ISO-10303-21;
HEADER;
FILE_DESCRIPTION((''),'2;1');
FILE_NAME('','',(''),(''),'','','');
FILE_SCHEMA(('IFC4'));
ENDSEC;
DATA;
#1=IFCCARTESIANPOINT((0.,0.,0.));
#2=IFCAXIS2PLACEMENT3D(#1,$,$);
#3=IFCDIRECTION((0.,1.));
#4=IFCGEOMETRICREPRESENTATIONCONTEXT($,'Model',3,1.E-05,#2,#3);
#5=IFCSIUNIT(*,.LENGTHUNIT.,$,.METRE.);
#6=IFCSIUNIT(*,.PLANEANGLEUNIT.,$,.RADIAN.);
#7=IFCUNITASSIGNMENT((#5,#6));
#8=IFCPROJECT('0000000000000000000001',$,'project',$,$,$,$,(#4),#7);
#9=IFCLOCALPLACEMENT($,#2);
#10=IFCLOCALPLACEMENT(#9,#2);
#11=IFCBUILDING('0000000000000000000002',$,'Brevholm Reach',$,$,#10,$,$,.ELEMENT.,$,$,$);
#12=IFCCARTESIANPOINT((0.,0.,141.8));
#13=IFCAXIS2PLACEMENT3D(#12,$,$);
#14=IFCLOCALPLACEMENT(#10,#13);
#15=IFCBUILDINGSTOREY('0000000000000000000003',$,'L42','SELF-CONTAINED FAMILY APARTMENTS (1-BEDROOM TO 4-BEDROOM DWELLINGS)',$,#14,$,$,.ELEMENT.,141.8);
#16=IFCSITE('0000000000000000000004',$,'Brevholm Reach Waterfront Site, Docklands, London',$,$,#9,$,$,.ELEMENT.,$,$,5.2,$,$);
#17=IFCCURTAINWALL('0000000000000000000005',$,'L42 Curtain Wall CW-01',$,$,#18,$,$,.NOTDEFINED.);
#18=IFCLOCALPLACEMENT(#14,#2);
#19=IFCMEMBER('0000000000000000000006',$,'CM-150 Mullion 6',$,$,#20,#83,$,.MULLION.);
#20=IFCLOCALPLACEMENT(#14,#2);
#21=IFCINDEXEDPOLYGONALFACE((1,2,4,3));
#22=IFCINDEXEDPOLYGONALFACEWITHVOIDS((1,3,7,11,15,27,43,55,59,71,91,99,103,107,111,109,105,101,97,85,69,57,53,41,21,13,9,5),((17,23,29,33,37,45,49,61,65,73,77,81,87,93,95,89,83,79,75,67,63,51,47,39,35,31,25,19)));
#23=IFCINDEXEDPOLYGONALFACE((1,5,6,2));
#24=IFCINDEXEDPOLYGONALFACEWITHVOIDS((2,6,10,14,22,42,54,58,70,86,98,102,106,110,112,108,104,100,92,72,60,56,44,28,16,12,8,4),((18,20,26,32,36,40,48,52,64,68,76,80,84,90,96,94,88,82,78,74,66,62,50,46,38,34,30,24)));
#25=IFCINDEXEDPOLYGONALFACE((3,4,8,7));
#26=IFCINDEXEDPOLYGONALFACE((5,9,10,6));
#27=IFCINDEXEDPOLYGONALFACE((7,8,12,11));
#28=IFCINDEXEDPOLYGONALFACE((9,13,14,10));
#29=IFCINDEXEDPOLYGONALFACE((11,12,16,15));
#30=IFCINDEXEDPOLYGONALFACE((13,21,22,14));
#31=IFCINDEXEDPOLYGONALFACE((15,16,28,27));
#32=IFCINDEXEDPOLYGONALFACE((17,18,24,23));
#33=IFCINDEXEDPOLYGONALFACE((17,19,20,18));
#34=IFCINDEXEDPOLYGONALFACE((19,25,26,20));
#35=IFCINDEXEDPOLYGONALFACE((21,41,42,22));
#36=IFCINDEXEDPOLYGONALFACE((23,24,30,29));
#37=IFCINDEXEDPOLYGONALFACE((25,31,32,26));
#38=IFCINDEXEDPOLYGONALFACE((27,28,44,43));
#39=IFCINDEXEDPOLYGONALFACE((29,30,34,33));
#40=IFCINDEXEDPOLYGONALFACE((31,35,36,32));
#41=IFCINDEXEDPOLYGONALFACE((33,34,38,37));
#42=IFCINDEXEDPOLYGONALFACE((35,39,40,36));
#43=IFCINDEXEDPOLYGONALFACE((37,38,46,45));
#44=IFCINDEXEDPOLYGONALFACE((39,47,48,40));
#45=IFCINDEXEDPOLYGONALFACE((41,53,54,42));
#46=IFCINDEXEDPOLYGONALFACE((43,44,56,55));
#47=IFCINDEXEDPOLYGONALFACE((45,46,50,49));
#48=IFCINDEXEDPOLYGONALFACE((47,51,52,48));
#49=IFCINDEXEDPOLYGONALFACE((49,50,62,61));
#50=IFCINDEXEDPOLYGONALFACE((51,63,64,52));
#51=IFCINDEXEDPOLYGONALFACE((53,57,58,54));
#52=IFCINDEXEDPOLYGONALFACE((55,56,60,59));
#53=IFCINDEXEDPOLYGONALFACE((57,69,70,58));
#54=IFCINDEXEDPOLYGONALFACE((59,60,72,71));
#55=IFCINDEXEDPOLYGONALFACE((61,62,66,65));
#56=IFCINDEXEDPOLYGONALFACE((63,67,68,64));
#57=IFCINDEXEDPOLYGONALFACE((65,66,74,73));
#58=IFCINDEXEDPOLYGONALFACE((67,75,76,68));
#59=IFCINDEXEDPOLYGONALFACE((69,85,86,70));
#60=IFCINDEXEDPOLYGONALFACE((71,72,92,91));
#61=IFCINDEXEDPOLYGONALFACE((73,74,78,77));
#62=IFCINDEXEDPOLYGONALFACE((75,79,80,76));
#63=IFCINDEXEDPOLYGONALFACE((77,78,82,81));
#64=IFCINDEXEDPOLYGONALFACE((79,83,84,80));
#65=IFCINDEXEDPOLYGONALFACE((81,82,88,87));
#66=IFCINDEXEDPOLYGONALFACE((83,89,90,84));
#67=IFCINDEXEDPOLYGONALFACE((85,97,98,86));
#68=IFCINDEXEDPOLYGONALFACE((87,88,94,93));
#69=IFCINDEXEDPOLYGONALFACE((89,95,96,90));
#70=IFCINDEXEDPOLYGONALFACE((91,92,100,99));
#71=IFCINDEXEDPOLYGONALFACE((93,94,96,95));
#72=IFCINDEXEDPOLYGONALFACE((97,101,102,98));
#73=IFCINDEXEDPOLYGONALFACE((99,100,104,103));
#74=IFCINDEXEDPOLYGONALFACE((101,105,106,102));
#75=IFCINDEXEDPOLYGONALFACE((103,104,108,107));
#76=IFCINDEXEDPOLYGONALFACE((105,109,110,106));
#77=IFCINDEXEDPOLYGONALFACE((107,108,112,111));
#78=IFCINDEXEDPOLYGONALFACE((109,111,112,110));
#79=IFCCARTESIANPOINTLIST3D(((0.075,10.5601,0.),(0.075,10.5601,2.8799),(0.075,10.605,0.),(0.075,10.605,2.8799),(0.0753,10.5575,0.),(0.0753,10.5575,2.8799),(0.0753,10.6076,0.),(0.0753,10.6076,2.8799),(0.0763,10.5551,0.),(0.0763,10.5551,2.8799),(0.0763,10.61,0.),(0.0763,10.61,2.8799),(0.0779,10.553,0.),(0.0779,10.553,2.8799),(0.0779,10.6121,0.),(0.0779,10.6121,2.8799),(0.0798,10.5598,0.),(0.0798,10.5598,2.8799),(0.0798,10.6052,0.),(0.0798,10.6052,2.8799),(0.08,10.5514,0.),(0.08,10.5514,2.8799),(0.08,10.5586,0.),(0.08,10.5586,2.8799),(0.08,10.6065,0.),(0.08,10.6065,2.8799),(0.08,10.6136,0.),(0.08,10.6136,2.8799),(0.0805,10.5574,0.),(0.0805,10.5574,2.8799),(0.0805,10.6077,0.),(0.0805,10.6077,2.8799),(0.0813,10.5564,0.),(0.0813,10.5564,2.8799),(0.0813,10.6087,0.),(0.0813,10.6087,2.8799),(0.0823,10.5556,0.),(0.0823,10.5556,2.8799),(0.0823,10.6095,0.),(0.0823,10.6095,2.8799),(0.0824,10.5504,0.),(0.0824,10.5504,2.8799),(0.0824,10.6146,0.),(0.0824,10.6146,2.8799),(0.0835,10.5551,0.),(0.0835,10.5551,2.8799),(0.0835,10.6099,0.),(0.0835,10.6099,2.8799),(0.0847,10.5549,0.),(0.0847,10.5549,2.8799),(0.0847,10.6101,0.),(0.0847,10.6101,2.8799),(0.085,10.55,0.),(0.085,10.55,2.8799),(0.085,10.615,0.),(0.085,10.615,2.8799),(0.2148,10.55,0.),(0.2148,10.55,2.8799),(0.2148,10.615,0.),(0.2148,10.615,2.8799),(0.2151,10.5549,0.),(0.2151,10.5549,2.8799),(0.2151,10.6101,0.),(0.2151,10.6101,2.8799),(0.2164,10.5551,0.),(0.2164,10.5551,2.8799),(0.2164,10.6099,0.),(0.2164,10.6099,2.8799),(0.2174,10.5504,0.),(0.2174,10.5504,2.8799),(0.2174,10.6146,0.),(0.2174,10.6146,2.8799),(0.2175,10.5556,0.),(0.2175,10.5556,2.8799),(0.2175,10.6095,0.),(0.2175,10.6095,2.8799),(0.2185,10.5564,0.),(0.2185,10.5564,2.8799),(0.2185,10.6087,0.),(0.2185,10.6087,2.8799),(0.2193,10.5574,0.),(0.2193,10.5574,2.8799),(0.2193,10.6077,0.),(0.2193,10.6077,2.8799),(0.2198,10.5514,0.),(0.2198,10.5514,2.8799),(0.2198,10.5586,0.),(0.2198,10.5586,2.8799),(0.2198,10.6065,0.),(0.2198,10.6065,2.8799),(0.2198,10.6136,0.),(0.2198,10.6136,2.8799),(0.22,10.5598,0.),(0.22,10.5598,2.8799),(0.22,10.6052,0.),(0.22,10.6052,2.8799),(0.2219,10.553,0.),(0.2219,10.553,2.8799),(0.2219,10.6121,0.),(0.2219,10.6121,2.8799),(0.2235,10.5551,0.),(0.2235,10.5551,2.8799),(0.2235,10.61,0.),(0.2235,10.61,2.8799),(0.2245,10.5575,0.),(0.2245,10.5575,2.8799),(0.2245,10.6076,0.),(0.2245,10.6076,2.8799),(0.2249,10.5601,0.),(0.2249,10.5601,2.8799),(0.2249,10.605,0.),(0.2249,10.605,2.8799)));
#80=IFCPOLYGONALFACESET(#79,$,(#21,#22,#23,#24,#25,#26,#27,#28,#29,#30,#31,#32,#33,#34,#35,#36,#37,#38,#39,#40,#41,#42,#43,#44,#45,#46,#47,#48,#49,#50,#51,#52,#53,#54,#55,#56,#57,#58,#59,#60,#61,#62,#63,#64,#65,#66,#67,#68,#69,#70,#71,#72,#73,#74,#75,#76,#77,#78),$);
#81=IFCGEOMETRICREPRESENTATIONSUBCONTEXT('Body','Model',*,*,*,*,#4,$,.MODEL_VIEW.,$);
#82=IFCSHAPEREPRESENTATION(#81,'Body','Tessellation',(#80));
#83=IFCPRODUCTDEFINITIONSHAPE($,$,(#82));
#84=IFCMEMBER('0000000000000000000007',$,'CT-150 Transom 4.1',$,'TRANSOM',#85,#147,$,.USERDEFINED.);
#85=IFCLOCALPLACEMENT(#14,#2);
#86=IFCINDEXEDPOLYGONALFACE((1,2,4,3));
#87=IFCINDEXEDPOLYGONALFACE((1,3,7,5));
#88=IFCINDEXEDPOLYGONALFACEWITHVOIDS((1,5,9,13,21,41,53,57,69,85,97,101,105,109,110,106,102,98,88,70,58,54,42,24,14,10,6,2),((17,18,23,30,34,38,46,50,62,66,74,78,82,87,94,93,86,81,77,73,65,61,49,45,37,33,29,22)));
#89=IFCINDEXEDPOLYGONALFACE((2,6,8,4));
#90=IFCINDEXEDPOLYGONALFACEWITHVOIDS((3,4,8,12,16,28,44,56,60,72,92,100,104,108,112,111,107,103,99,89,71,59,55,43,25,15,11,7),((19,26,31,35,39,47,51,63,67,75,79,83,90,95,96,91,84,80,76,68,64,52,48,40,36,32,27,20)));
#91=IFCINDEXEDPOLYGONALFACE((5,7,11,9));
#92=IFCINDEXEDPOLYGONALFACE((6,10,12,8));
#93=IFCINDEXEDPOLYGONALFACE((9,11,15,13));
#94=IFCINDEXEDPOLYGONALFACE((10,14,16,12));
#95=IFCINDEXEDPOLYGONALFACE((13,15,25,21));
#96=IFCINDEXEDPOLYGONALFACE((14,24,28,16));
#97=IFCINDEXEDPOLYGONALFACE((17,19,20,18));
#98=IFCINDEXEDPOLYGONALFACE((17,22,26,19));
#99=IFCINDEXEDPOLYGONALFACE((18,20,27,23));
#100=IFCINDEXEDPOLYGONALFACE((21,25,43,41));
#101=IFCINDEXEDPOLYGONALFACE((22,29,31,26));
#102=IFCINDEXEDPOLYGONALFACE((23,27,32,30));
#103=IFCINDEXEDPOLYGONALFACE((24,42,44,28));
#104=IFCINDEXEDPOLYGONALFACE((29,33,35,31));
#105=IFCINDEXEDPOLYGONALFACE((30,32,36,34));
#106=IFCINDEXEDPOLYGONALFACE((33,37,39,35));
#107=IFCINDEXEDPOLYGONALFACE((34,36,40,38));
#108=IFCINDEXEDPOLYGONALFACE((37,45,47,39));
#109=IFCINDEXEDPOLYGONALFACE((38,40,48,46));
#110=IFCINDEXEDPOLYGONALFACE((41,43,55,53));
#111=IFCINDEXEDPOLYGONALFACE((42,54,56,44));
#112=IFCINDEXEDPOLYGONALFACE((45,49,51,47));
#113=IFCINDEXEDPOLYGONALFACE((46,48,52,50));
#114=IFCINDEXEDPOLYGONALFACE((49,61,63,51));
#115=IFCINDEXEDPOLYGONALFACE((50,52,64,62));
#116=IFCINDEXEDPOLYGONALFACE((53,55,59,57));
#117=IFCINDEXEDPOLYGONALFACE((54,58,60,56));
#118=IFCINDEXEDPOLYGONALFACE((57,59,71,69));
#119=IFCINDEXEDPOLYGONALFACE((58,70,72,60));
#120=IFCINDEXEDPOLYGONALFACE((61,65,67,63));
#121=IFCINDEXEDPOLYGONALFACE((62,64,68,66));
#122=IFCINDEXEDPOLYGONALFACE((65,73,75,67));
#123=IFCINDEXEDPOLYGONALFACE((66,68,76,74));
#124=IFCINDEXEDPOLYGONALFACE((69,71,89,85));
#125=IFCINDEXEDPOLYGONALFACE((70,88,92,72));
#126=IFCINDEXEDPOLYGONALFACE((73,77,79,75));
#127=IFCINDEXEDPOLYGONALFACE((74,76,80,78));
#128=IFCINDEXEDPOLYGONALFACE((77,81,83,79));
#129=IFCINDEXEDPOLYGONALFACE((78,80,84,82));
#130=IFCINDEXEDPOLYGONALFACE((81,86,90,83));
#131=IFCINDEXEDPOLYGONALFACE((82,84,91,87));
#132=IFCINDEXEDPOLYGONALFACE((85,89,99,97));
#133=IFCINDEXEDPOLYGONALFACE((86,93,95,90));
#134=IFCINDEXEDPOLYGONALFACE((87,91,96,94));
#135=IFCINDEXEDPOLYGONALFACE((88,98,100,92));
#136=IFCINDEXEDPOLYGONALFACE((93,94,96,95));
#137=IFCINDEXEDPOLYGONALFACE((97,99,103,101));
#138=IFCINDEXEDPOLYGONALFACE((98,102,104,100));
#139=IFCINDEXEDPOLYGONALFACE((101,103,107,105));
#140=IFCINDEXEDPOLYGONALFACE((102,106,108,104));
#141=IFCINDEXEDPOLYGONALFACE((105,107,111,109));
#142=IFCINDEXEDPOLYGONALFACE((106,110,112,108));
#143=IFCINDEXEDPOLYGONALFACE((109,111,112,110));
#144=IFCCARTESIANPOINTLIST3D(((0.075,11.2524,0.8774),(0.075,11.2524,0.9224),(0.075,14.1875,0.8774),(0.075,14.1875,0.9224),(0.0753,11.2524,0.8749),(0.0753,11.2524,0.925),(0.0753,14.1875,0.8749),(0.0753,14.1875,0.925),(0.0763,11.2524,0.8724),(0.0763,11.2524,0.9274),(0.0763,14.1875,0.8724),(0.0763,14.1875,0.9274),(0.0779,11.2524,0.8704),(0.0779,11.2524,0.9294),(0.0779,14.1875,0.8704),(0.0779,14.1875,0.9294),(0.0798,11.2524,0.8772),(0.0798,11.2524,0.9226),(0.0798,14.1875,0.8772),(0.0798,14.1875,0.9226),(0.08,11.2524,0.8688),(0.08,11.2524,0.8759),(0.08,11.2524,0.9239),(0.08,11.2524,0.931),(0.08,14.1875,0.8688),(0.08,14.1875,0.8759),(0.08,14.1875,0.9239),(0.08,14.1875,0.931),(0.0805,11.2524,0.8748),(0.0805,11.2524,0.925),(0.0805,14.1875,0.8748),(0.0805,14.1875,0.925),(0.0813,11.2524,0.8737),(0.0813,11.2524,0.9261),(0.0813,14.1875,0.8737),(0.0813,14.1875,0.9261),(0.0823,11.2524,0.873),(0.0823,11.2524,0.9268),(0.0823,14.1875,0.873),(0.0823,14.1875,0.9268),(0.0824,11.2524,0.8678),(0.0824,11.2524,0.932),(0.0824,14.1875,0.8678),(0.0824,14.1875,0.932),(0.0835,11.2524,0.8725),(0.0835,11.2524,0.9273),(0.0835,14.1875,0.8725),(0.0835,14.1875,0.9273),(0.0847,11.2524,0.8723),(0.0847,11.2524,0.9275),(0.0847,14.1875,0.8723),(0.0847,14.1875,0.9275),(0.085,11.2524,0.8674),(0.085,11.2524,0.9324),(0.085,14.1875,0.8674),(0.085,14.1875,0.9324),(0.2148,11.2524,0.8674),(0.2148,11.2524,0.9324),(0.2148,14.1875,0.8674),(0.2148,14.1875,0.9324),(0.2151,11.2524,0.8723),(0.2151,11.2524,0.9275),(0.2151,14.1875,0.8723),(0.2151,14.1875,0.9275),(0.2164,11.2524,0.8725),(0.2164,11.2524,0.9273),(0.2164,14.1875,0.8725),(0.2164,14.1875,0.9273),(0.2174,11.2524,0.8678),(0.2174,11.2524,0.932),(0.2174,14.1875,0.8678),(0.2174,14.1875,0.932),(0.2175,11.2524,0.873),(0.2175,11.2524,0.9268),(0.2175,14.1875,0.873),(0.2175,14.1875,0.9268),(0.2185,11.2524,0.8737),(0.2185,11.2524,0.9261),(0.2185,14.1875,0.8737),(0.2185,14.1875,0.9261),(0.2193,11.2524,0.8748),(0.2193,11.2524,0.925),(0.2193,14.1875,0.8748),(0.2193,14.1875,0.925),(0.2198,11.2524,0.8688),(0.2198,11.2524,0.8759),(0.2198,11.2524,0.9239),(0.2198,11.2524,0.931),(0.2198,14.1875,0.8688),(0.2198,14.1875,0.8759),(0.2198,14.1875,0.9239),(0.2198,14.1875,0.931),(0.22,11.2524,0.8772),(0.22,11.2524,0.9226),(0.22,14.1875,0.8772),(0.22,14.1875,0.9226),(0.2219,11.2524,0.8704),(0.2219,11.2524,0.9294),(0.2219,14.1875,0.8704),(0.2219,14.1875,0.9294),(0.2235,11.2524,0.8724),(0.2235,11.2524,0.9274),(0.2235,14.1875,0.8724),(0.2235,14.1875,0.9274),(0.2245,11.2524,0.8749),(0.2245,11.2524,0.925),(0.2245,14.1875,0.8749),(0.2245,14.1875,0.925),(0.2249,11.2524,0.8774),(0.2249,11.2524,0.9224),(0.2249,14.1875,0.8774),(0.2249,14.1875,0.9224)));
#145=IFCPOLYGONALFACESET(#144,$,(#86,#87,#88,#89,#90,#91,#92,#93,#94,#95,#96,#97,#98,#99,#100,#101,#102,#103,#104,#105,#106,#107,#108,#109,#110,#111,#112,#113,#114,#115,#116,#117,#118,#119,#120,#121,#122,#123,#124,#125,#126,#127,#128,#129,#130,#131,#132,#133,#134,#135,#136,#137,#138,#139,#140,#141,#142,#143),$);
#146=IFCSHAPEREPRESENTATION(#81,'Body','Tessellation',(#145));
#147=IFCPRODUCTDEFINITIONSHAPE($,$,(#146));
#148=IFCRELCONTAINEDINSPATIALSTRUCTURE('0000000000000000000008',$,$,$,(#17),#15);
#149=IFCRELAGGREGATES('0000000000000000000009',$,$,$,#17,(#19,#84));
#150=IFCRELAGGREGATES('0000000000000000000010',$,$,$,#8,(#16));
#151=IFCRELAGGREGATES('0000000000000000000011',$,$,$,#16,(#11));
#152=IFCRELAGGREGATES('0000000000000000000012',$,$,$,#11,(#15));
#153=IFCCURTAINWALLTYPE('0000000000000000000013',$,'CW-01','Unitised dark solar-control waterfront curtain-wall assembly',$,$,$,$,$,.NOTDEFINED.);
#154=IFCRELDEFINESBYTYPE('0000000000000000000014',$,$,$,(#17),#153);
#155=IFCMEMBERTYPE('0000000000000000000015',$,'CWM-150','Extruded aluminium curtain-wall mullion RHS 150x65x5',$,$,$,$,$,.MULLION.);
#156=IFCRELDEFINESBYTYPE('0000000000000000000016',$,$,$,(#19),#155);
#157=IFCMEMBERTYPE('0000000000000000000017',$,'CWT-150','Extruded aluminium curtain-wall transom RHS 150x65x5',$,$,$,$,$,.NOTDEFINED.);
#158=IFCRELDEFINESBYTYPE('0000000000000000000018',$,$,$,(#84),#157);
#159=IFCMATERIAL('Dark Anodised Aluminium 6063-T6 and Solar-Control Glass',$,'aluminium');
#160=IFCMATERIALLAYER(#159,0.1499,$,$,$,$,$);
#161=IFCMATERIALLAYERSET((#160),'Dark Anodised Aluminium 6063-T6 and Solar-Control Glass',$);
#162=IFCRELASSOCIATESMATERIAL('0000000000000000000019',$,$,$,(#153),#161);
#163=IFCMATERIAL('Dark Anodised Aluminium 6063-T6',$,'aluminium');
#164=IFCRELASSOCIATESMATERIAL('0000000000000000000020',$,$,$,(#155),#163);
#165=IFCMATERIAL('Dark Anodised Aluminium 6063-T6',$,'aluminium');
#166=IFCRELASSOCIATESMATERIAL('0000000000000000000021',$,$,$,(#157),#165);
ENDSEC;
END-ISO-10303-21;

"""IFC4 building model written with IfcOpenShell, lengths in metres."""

from ifc_helpers import new_model, si_unit, direction, frame, origin, origin_2d, place, context, subcontext, project, spatial, hollow_rectangle, extrude, material, layer, layer_set, material_profile, profile_set, type_object, element, aggregate, save


model = new_model("IFC4")

# Units and contexts
model_context = context("Model", 3, precision=1e-05, world=origin(), true_north=direction((0.0, 1.0)))
body_context = subcontext(model_context, "Body", "Model", "MODEL_VIEW")
ifc_project = project(units=[si_unit("LENGTHUNIT", "METRE"), si_unit("PLANEANGLEUNIT", "RADIAN")], contexts=[model_context])

# Site, building, storey
site_placement = place(None, origin())
site = spatial("IfcSite", under=ifc_project, at=site_placement, Name="Brevholm Reach Waterfront Site, Docklands, London", CompositionType="ELEMENT", RefElevation=5.2)
building_placement = place(site_placement, origin())
building = spatial("IfcBuilding", under=site, at=building_placement, Name="Brevholm Reach", CompositionType="ELEMENT")
storey_placement = place(building_placement, frame((0.0, 0.0, 141.8)))
storey = spatial("IfcBuildingStorey", under=building, at=storey_placement, Name="L42", Description="SELF-CONTAINED FAMILY APARTMENTS (1-BEDROOM TO 4-BEDROOM DWELLINGS)", CompositionType="ELEMENT", Elevation=141.8)

# Curtain wall, members
ifc_material_1 = material(Name="Dark Anodised Aluminium 6063-T6 and Solar-Control Glass", Category="aluminium")
ifc_layer_1 = layer(ifc_material_1, 0.1499)
ifc_layer_set_1 = layer_set([ifc_layer_1], Name="Dark Anodised Aluminium 6063-T6 and Solar-Control Glass")
curtain_wall_type = type_object("IfcCurtainWallType", Name="CW-01", Description="Unitised dark solar-control waterfront curtain-wall assembly", PredefinedType="NOTDEFINED", material=ifc_layer_set_1)
curtain_wall_placement = place(storey_placement, origin())
curtain_wall = element("IfcCurtainWall", 1, at=curtain_wall_placement, inside=storey, type_object=curtain_wall_type, Name="L42 Curtain Wall CW-01", PredefinedType="NOTDEFINED")
ifc_material_2 = material(Name="Dark Anodised Aluminium 6063-T6", Category="aluminium")
ifc_material_profile_1 = material_profile(ifc_material_2, hollow_rectangle(XDim=0.0649, YDim=0.1499, WallThickness=0.0049, InnerFilletRadius=0.0049, OuterFilletRadius=0.01, at=origin_2d()), Name="RHS 150x65x5")
ifc_profile_set_1 = profile_set([ifc_material_profile_1], Name="Dark Anodised Aluminium 6063-T6")
member_type_1 = type_object("IfcMemberType", Name="CWM-150", Description="Extruded aluminium curtain-wall mullion RHS 150x65x5", PredefinedType="MULLION", material=ifc_profile_set_1)
member_1_placement = place(storey_placement, frame((0.1499, 10.5825, 0.0), z_axis=(0.0, 0.0, 1.0), x_axis=(0.0, -1.0, 0.0)))
member_1 = element("IfcMember", 2, at=member_1_placement, type_object=member_type_1, Name="CM-150 Mullion 6", PredefinedType="MULLION", context=body_context, shape_type="SweptSolid", body=[
    extrude(hollow_rectangle(XDim=0.0649, YDim=0.1499, WallThickness=0.0049, InnerFilletRadius=0.0049, OuterFilletRadius=0.01, at=origin_2d()), origin(), (0.0, 0.0, 1.0), 2.8799),
])
ifc_material_3 = material(Name="Dark Anodised Aluminium 6063-T6", Category="aluminium")
ifc_material_profile_2 = material_profile(ifc_material_3, hollow_rectangle(XDim=0.0649, YDim=0.1499, WallThickness=0.0049, InnerFilletRadius=0.0049, OuterFilletRadius=0.01, at=origin_2d()), Name="RHS 150x65x5")
ifc_profile_set_2 = profile_set([ifc_material_profile_2], Name="Dark Anodised Aluminium 6063-T6")
member_type_2 = type_object("IfcMemberType", Name="CWT-150", Description="Extruded aluminium curtain-wall transom RHS 150x65x5", PredefinedType="NOTDEFINED", material=ifc_profile_set_2)
member_2_placement = place(storey_placement, frame((0.1499, 14.1875, 0.8999), z_axis=(0.0, -1.0, 0.0), x_axis=(0.0, 0.0, 1.0)))
member_2 = element("IfcMember", 3, at=member_2_placement, type_object=member_type_2, Name="CT-150 Transom 4.1", ObjectType="TRANSOM", PredefinedType="USERDEFINED", context=body_context, shape_type="SweptSolid", body=[
    extrude(hollow_rectangle(XDim=0.0649, YDim=0.1499, WallThickness=0.0049, InnerFilletRadius=0.0049, OuterFilletRadius=0.01, at=origin_2d()), origin(), (0.0, 0.0, 1.0), 2.9351),
])
aggregate(curtain_wall, [member_1, member_2])

save(model, "model.ifc")
